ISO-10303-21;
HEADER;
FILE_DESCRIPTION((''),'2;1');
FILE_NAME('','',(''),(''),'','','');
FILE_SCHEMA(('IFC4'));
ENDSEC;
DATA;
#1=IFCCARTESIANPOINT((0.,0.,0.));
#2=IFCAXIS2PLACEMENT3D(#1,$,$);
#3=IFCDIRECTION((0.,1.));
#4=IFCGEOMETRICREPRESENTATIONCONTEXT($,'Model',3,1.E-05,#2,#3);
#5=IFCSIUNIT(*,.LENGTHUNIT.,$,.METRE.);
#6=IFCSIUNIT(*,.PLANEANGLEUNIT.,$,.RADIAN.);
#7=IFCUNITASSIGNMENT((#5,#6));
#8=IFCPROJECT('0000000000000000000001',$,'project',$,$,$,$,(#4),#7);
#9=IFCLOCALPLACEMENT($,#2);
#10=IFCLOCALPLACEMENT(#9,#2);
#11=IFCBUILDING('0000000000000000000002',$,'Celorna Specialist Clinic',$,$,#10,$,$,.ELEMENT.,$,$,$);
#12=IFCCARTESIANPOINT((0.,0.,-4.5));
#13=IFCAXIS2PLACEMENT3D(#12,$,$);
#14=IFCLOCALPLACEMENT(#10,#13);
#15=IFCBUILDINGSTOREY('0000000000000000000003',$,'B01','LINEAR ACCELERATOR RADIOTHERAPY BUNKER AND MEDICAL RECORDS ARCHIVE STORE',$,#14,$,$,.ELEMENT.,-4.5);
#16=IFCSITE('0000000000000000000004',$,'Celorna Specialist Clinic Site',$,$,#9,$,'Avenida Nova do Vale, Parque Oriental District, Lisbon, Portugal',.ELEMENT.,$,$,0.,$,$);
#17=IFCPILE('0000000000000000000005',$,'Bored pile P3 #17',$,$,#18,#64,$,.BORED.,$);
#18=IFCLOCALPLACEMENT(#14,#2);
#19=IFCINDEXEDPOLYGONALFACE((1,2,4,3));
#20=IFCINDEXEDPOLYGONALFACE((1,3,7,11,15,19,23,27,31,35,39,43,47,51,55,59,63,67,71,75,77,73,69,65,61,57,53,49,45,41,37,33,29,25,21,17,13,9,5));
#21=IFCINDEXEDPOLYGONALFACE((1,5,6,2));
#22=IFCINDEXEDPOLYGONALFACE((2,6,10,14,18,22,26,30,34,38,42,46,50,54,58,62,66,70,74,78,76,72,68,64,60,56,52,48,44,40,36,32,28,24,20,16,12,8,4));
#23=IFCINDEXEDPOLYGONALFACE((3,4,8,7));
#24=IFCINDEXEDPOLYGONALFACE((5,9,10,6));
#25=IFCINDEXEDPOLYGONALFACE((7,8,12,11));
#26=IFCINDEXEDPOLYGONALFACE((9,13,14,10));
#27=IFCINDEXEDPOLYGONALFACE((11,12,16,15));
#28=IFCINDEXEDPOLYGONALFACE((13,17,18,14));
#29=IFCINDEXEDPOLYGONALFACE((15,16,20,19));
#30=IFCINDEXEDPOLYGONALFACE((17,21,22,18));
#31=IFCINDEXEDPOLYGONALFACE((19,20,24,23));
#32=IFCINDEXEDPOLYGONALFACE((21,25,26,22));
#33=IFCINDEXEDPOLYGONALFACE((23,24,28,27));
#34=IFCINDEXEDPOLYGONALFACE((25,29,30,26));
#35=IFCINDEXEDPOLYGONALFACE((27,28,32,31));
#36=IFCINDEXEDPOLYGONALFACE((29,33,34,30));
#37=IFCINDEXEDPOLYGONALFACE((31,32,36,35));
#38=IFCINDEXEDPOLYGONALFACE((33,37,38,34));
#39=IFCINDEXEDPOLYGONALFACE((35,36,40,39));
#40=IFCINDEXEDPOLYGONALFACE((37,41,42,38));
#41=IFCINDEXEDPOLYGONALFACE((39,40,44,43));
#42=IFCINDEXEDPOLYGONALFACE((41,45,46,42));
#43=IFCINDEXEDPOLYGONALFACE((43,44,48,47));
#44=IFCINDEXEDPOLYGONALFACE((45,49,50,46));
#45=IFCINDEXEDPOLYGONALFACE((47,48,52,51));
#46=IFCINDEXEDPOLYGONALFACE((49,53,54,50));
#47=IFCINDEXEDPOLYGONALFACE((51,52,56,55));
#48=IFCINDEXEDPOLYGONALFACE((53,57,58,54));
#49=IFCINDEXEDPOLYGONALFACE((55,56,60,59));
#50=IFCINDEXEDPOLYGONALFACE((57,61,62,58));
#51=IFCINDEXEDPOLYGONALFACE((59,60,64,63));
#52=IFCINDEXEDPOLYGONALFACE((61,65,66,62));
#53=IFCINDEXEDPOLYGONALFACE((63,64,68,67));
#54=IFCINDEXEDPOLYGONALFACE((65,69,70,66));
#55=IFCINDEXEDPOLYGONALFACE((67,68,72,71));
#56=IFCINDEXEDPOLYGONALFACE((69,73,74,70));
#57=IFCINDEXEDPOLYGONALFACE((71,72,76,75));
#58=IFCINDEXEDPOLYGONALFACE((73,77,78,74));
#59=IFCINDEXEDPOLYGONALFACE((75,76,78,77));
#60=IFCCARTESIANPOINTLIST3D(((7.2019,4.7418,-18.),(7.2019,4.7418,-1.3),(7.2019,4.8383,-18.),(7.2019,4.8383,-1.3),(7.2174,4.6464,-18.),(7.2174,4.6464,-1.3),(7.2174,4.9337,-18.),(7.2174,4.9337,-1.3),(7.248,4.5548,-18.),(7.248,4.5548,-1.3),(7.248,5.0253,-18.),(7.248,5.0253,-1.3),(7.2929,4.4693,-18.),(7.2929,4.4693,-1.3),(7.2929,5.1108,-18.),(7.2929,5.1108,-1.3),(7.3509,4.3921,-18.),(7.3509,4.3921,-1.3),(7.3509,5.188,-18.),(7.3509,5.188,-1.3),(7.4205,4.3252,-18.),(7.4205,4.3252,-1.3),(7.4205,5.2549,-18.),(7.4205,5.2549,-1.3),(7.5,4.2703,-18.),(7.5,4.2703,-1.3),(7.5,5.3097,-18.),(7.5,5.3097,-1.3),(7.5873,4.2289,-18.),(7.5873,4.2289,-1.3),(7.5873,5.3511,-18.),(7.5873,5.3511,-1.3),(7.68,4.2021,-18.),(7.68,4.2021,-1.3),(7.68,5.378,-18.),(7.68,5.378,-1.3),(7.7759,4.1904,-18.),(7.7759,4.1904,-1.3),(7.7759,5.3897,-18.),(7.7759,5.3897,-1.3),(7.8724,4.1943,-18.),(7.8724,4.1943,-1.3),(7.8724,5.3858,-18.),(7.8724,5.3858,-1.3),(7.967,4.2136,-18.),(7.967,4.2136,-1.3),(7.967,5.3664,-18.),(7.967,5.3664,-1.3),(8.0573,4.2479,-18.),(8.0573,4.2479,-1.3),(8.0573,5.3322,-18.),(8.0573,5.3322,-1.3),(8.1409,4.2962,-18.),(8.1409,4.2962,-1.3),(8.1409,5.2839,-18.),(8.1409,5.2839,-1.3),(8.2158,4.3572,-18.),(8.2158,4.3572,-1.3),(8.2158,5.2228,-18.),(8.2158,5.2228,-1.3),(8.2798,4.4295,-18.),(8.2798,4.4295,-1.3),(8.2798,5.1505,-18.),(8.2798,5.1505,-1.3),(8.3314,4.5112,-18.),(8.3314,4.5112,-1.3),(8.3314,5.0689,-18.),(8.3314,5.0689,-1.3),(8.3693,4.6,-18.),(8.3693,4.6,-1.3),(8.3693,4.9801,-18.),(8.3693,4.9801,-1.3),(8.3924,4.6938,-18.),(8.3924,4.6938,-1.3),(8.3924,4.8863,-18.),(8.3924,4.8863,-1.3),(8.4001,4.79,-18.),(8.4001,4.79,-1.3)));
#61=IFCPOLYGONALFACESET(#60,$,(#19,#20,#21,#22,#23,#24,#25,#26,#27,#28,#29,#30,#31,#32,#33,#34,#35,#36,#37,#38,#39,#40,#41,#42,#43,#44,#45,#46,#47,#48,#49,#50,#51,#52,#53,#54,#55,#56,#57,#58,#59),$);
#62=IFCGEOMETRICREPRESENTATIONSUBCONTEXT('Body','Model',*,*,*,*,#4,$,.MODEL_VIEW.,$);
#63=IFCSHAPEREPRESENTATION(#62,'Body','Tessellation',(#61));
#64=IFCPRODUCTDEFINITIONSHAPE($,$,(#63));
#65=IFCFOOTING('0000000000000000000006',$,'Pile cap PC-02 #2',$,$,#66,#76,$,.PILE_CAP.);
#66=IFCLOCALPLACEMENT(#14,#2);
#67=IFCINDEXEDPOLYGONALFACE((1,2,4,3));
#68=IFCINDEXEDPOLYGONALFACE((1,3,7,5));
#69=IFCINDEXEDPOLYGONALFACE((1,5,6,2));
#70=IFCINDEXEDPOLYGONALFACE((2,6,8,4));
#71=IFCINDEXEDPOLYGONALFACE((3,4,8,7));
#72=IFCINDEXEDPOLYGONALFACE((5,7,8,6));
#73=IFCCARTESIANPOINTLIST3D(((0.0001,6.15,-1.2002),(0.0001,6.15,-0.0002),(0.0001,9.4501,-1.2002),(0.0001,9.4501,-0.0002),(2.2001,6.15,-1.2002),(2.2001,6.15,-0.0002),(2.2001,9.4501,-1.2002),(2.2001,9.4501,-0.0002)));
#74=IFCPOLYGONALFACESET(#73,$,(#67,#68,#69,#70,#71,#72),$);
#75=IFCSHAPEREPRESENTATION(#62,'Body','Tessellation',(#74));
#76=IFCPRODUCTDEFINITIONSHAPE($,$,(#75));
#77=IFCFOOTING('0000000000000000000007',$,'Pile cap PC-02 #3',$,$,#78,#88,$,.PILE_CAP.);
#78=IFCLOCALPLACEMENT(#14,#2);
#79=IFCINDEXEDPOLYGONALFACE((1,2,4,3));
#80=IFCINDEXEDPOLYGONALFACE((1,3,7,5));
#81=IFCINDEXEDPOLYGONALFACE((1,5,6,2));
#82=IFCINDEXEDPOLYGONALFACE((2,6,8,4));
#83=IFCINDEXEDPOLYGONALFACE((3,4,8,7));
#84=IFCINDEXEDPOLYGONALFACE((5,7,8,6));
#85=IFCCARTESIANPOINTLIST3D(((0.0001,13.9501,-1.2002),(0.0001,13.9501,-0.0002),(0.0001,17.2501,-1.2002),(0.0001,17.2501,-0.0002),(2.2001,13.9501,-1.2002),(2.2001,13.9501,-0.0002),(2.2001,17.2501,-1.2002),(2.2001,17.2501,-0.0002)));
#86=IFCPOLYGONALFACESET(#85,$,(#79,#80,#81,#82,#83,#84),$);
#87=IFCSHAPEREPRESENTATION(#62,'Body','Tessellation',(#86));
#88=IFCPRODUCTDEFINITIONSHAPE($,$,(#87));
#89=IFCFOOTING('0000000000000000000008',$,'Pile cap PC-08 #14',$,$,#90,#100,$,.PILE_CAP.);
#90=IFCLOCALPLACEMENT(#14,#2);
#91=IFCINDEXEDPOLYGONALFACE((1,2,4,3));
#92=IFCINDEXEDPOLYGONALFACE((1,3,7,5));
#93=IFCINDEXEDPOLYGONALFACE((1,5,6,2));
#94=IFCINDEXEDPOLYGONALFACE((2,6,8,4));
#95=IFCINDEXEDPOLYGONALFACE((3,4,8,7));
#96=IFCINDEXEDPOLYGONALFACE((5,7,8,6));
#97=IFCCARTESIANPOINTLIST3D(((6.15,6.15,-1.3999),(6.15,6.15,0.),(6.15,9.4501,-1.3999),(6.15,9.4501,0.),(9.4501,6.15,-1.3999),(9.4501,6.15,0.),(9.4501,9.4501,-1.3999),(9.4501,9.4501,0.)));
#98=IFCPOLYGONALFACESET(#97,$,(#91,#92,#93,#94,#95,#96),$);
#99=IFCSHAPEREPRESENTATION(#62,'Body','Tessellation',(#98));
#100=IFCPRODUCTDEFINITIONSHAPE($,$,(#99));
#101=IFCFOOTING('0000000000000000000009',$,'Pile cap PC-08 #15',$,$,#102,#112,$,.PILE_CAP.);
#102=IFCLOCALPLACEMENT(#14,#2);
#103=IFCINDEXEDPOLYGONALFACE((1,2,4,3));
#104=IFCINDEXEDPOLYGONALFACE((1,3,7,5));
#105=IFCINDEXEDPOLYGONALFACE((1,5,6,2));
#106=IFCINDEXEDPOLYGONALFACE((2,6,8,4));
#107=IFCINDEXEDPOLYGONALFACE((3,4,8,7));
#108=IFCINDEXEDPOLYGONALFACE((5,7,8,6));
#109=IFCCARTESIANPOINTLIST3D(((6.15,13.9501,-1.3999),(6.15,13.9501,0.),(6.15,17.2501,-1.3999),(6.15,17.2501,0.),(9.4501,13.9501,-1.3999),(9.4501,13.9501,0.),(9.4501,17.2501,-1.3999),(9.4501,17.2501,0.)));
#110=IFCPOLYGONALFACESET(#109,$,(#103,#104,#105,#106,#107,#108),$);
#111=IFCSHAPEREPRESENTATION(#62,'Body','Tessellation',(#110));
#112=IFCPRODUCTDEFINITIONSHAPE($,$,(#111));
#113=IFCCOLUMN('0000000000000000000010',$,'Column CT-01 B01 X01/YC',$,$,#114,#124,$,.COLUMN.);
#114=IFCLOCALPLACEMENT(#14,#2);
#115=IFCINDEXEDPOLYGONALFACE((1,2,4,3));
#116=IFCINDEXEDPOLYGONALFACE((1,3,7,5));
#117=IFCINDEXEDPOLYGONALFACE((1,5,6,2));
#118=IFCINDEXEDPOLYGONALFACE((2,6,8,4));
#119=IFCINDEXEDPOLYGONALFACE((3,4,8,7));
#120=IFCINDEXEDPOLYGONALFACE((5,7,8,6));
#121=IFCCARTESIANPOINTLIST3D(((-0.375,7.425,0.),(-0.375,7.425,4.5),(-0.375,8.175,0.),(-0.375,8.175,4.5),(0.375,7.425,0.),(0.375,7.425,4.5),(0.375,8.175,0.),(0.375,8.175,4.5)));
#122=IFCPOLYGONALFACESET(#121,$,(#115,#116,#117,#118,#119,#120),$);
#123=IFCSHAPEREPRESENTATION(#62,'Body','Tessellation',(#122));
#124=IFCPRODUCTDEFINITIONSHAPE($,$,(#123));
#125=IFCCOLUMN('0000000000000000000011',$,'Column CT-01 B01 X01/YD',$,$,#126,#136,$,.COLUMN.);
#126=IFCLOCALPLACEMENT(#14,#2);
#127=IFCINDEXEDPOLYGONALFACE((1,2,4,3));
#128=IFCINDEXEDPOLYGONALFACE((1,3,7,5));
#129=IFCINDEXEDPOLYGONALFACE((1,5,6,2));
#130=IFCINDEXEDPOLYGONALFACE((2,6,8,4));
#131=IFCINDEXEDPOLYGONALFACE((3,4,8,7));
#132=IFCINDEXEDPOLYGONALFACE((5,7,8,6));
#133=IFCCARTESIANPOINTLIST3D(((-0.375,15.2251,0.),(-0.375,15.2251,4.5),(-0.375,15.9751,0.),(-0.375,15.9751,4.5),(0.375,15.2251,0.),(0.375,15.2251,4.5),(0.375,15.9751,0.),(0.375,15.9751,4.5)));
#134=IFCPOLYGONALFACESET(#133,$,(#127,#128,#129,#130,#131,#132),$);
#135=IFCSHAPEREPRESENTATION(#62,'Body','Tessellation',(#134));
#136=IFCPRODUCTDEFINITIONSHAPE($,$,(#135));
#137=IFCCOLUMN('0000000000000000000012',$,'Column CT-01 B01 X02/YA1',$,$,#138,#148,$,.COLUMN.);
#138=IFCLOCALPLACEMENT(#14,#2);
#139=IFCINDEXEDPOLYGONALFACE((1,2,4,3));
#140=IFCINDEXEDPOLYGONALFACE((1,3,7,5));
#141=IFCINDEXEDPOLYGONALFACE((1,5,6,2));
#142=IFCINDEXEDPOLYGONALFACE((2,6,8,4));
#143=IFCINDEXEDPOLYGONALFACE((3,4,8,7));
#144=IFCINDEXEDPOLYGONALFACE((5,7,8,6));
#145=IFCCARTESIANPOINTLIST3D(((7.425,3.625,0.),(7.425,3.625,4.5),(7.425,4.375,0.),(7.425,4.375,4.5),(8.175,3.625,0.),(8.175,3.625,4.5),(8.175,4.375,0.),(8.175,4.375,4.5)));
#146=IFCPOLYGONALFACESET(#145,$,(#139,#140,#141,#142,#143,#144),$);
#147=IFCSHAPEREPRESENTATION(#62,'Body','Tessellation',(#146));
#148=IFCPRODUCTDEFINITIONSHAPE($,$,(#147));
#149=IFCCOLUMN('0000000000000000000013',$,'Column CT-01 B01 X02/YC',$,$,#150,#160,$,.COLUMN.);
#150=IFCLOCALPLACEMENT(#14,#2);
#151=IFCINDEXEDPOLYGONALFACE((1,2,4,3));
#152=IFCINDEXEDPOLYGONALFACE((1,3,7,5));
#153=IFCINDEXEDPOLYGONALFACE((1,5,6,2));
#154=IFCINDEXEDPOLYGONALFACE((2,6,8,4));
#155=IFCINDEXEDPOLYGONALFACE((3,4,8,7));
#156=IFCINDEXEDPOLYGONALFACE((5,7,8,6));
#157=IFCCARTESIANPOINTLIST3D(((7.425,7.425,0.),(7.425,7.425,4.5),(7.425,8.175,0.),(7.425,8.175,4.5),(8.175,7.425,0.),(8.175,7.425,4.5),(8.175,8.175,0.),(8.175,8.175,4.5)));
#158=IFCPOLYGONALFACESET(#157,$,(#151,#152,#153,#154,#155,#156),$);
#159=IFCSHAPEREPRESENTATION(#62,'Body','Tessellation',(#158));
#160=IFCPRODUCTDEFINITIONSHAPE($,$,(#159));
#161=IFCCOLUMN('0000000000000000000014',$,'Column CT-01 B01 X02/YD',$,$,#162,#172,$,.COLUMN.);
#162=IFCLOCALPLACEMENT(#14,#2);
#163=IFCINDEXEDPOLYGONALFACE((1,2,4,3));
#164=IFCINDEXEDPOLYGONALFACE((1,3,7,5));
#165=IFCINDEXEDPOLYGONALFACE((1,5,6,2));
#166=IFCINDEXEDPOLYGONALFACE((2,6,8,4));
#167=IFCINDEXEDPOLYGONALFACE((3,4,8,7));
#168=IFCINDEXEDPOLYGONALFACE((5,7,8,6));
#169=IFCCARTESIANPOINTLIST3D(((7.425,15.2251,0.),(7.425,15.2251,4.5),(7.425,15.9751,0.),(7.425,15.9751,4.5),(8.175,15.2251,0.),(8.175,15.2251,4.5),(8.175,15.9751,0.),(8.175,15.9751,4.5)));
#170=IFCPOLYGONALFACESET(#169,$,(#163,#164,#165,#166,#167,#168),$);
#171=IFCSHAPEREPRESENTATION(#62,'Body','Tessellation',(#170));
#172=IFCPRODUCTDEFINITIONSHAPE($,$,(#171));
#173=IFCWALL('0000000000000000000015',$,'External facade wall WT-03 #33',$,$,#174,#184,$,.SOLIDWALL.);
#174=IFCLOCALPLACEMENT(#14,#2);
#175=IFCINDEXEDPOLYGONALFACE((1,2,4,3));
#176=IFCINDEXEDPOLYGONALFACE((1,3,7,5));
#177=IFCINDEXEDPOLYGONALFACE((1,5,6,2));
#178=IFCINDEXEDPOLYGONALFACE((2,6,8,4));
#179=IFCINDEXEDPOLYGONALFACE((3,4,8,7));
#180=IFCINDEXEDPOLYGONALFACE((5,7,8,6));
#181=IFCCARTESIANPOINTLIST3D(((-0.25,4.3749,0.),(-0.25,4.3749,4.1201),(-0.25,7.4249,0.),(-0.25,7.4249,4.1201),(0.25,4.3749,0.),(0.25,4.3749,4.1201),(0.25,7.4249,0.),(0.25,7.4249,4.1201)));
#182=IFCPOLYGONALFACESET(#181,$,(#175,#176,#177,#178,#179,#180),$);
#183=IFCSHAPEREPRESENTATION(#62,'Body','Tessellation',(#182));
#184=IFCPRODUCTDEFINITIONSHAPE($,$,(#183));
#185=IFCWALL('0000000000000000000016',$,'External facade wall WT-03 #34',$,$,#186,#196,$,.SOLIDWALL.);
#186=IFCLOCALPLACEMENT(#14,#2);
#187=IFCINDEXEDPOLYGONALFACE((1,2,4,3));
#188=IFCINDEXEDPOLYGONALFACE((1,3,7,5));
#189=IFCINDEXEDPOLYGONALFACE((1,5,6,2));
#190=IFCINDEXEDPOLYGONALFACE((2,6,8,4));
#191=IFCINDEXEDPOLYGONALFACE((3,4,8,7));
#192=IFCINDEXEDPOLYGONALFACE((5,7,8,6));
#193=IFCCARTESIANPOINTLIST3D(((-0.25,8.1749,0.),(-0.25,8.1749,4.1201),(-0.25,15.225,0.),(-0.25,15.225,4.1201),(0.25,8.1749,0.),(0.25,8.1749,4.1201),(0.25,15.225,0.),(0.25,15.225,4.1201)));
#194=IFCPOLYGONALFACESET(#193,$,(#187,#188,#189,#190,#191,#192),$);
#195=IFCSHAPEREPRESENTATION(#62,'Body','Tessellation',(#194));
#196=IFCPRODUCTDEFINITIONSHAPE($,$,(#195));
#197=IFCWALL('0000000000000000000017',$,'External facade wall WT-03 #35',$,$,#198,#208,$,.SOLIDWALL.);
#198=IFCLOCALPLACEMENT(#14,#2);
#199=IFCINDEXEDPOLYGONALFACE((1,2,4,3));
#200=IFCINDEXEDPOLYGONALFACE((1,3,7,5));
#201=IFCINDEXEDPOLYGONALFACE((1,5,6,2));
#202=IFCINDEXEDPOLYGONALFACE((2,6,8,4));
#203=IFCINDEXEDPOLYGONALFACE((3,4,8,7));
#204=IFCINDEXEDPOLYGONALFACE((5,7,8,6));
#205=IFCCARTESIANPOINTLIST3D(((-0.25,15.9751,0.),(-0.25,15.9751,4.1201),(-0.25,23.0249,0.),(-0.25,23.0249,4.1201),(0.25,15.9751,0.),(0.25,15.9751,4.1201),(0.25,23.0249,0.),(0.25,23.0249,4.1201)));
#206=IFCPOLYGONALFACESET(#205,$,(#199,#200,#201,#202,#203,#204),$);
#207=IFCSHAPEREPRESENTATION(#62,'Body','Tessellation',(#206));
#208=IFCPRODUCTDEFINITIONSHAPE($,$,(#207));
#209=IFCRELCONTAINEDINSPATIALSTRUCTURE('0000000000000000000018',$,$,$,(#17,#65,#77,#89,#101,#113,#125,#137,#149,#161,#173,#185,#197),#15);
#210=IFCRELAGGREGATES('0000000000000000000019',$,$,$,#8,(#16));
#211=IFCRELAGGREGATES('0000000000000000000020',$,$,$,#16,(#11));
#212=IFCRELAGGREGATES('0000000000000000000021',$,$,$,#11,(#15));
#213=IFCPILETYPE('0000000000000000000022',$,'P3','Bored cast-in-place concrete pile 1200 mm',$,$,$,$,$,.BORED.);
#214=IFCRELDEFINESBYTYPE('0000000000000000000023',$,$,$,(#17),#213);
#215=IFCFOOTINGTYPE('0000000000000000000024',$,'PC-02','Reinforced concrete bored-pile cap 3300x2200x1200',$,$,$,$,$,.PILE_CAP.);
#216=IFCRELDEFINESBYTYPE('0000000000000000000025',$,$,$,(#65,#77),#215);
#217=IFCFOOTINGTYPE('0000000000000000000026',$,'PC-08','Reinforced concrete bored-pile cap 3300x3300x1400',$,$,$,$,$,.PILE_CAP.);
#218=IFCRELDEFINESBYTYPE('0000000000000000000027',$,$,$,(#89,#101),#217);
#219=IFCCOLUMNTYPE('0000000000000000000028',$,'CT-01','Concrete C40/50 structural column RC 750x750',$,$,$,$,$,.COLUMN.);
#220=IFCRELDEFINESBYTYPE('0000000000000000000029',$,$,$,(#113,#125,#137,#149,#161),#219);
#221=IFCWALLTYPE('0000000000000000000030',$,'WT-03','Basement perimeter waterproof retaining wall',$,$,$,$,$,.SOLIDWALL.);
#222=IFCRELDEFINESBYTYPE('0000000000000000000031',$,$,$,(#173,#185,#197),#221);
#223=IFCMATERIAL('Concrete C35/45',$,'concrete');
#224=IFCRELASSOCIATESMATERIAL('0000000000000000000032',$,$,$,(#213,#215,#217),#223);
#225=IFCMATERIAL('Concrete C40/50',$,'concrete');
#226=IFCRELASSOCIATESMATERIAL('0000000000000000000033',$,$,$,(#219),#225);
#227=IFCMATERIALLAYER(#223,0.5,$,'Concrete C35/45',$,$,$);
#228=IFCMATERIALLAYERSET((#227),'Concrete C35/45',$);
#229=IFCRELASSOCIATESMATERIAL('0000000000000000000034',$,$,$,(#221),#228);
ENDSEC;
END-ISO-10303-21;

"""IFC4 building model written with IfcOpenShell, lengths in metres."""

from ifc_helpers import new_model, si_unit, direction, frame, frame_2d, origin, origin_2d, place, context, subcontext, project, spatial, rectangle, circle, extrude, material, layer, layer_set, material_profile, profile_set, type_object, element, save


model = new_model("IFC4")

# Units and contexts
model_context = context("Model", 3, precision=1e-05, world=origin(), true_north=direction((0.0, 1.0)))
body_context = subcontext(model_context, "Body", "Model", "MODEL_VIEW")
ifc_project = project(units=[si_unit("LENGTHUNIT", "METRE"), si_unit("PLANEANGLEUNIT", "RADIAN")], contexts=[model_context])

# Site, building, storey
site_placement = place(None, origin())
site = spatial("IfcSite", under=ifc_project, at=site_placement, Name="Celorna Specialist Clinic Site", LongName="Avenida Nova do Vale, Parque Oriental District, Lisbon, Portugal", CompositionType="ELEMENT", RefElevation=0.0)
building_placement = place(site_placement, origin())
building = spatial("IfcBuilding", under=site, at=building_placement, Name="Celorna Specialist Clinic", CompositionType="ELEMENT")
storey_placement = place(building_placement, frame((0.0, 0.0, -4.5)))
storey = spatial("IfcBuildingStorey", under=building, at=storey_placement, Name="B01", Description="LINEAR ACCELERATOR RADIOTHERAPY BUNKER AND MEDICAL RECORDS ARCHIVE STORE", CompositionType="ELEMENT", Elevation=-4.5)

# Shared definitions
ifc_material_1 = material(Name="Concrete C35/45", Category="concrete")

# Pile
ifc_material_profile_1 = material_profile(ifc_material_1, circle(Radius=0.6001, at=origin_2d()), Name="BORED PILE 1200")
ifc_profile_set_1 = profile_set([ifc_material_profile_1], Name="Concrete C35/45")
pile_type_1 = type_object("IfcPileType", Name="P3", Description="Bored cast-in-place concrete pile 1200 mm", PredefinedType="BORED", material=ifc_profile_set_1)
pile_1_placement = place(storey_placement, frame((7.8, 4.79, -1.3), z_axis=(0.0, 0.0, -1.0), x_axis=(1.0, 0.0, 0.0)))
element("IfcPile", 1, at=pile_1_placement, inside=storey, type_object=pile_type_1, Name="Bored pile P3 #17", PredefinedType="BORED", context=body_context, shape_type="SweptSolid", body=[
    extrude(circle(Radius=0.6001, at=origin_2d()), origin(), (0.0, 0.0, 1.0), 16.7),
])

# Footings
footing_type_1 = type_object("IfcFootingType", Name="PC-02", Description="Reinforced concrete bored-pile cap 3300x2200x1200", PredefinedType="PILE_CAP", material=ifc_material_1)
for number, where, z_axis, x_axis, name in (
    (2, (1.1001, 7.8, -1.2002), (0.0, 0.0, 1.0), (1.0, 0.0, 0.0), "Pile cap PC-02 #2"),
    (3, (1.1001, 15.6001, -1.2002), (0.0, 0.0, 1.0), (1.0, 0.0, 0.0), "Pile cap PC-02 #3"),
):
    element("IfcFooting", number, at=place(storey_placement, frame(where, z_axis=z_axis, x_axis=x_axis)), inside=storey, type_object=footing_type_1, Name=name, PredefinedType="PILE_CAP", context=body_context, shape_type="SweptSolid", body=[
        extrude(rectangle(XDim=2.2, YDim=3.3, at=origin_2d()), origin(), (0.0, 0.0, 1.0), 1.2),
    ])
footing_type_2 = type_object("IfcFootingType", Name="PC-08", Description="Reinforced concrete bored-pile cap 3300x3300x1400", PredefinedType="PILE_CAP", material=ifc_material_1)
for number, where, z_axis, x_axis, name in (
    (4, (7.8, 7.8, -1.3999), (0.0, 0.0, 1.0), (1.0, 0.0, 0.0), "Pile cap PC-08 #14"),
    (5, (7.8, 15.6001, -1.3999), (0.0, 0.0, 1.0), (1.0, 0.0, 0.0), "Pile cap PC-08 #15"),
):
    element("IfcFooting", number, at=place(storey_placement, frame(where, z_axis=z_axis, x_axis=x_axis)), inside=storey, type_object=footing_type_2, Name=name, PredefinedType="PILE_CAP", context=body_context, shape_type="SweptSolid", body=[
        extrude(rectangle(XDim=3.3, YDim=3.3, at=origin_2d()), origin(), (0.0, 0.0, 1.0), 1.3999),
    ])

# Columns
ifc_material_2 = material(Name="Concrete C40/50", Category="concrete")
ifc_material_profile_2 = material_profile(ifc_material_2, rectangle(XDim=0.75, YDim=0.75, at=origin_2d()), Name="RC 750x750")
ifc_profile_set_2 = profile_set([ifc_material_profile_2], Name="Concrete C40/50")
column_type = type_object("IfcColumnType", Name="CT-01", Description="Concrete C40/50 structural column RC 750x750", PredefinedType="COLUMN", material=ifc_profile_set_2)
for number, where, z_axis, x_axis, name in (
    (6, (0.0, 7.8, 0.0), (0.0, 0.0, 1.0), (1.0, 0.0, 0.0), "Column CT-01 B01 X01/YC"),
    (7, (0.0, 15.6001, 0.0), (0.0, 0.0, 1.0), (1.0, 0.0, 0.0), "Column CT-01 B01 X01/YD"),
    (8, (7.8, 4.0, 0.0), (0.0, 0.0, 1.0), (1.0, 0.0, 0.0), "Column CT-01 B01 X02/YA1"),
    (9, (7.8, 7.8, 0.0), (0.0, 0.0, 1.0), (1.0, 0.0, 0.0), "Column CT-01 B01 X02/YC"),
    (10, (7.8, 15.6001, 0.0), (0.0, 0.0, 1.0), (1.0, 0.0, 0.0), "Column CT-01 B01 X02/YD"),
):
    element("IfcColumn", number, at=place(storey_placement, frame(where, z_axis=z_axis, x_axis=x_axis)), inside=storey, type_object=column_type, Name=name, PredefinedType="COLUMN", context=body_context, shape_type="SweptSolid", body=[
        extrude(rectangle(XDim=0.75, YDim=0.75, at=origin_2d()), origin(), (0.0, 0.0, 1.0), 4.5),
    ])

# Walls
ifc_layer_1 = layer(ifc_material_1, 0.5, Name="Concrete C35/45")
ifc_layer_set_1 = layer_set([ifc_layer_1], Name="Concrete C35/45")
wall_type_1 = type_object("IfcWallType", Name="WT-03", Description="Basement perimeter waterproof retaining wall", PredefinedType="SOLIDWALL", material=ifc_layer_set_1)
wall_1_placement = place(storey_placement, frame((0.0, 4.375, 0.0), z_axis=(0.0, 0.0, 1.0), x_axis=(0.0, 1.0, 0.0)))
element("IfcWall", 11, at=wall_1_placement, inside=storey, type_object=wall_type_1, Name="External facade wall WT-03 #33", PredefinedType="SOLIDWALL", context=body_context, shape_type="SweptSolid", body=[
    extrude(rectangle(XDim=3.05, YDim=0.5, at=frame_2d((1.5249, 0.0))), origin(), (0.0, 0.0, 1.0), 4.1201),
])
wall_2_placement = place(storey_placement, frame((0.0, 8.175, 0.0), z_axis=(0.0, 0.0, 1.0), x_axis=(0.0, 1.0, 0.0)))
element("IfcWall", 12, at=wall_2_placement, inside=storey, type_object=wall_type_1, Name="External facade wall WT-03 #34", PredefinedType="SOLIDWALL", context=body_context, shape_type="SweptSolid", body=[
    extrude(rectangle(XDim=7.05, YDim=0.5, at=frame_2d((3.5249, 0.0))), origin(), (0.0, 0.0, 1.0), 4.1201),
])
wall_3_placement = place(storey_placement, frame((0.0, 15.9751, 0.0), z_axis=(0.0, 0.0, 1.0), x_axis=(0.0, 1.0, 0.0)))
element("IfcWall", 13, at=wall_3_placement, inside=storey, type_object=wall_type_1, Name="External facade wall WT-03 #35", PredefinedType="SOLIDWALL", context=body_context, shape_type="SweptSolid", body=[
    extrude(rectangle(XDim=7.0498, YDim=0.5, at=frame_2d((3.5249, 0.0))), origin(), (0.0, 0.0, 1.0), 4.1201),
])

save(model, "model.ifc")
